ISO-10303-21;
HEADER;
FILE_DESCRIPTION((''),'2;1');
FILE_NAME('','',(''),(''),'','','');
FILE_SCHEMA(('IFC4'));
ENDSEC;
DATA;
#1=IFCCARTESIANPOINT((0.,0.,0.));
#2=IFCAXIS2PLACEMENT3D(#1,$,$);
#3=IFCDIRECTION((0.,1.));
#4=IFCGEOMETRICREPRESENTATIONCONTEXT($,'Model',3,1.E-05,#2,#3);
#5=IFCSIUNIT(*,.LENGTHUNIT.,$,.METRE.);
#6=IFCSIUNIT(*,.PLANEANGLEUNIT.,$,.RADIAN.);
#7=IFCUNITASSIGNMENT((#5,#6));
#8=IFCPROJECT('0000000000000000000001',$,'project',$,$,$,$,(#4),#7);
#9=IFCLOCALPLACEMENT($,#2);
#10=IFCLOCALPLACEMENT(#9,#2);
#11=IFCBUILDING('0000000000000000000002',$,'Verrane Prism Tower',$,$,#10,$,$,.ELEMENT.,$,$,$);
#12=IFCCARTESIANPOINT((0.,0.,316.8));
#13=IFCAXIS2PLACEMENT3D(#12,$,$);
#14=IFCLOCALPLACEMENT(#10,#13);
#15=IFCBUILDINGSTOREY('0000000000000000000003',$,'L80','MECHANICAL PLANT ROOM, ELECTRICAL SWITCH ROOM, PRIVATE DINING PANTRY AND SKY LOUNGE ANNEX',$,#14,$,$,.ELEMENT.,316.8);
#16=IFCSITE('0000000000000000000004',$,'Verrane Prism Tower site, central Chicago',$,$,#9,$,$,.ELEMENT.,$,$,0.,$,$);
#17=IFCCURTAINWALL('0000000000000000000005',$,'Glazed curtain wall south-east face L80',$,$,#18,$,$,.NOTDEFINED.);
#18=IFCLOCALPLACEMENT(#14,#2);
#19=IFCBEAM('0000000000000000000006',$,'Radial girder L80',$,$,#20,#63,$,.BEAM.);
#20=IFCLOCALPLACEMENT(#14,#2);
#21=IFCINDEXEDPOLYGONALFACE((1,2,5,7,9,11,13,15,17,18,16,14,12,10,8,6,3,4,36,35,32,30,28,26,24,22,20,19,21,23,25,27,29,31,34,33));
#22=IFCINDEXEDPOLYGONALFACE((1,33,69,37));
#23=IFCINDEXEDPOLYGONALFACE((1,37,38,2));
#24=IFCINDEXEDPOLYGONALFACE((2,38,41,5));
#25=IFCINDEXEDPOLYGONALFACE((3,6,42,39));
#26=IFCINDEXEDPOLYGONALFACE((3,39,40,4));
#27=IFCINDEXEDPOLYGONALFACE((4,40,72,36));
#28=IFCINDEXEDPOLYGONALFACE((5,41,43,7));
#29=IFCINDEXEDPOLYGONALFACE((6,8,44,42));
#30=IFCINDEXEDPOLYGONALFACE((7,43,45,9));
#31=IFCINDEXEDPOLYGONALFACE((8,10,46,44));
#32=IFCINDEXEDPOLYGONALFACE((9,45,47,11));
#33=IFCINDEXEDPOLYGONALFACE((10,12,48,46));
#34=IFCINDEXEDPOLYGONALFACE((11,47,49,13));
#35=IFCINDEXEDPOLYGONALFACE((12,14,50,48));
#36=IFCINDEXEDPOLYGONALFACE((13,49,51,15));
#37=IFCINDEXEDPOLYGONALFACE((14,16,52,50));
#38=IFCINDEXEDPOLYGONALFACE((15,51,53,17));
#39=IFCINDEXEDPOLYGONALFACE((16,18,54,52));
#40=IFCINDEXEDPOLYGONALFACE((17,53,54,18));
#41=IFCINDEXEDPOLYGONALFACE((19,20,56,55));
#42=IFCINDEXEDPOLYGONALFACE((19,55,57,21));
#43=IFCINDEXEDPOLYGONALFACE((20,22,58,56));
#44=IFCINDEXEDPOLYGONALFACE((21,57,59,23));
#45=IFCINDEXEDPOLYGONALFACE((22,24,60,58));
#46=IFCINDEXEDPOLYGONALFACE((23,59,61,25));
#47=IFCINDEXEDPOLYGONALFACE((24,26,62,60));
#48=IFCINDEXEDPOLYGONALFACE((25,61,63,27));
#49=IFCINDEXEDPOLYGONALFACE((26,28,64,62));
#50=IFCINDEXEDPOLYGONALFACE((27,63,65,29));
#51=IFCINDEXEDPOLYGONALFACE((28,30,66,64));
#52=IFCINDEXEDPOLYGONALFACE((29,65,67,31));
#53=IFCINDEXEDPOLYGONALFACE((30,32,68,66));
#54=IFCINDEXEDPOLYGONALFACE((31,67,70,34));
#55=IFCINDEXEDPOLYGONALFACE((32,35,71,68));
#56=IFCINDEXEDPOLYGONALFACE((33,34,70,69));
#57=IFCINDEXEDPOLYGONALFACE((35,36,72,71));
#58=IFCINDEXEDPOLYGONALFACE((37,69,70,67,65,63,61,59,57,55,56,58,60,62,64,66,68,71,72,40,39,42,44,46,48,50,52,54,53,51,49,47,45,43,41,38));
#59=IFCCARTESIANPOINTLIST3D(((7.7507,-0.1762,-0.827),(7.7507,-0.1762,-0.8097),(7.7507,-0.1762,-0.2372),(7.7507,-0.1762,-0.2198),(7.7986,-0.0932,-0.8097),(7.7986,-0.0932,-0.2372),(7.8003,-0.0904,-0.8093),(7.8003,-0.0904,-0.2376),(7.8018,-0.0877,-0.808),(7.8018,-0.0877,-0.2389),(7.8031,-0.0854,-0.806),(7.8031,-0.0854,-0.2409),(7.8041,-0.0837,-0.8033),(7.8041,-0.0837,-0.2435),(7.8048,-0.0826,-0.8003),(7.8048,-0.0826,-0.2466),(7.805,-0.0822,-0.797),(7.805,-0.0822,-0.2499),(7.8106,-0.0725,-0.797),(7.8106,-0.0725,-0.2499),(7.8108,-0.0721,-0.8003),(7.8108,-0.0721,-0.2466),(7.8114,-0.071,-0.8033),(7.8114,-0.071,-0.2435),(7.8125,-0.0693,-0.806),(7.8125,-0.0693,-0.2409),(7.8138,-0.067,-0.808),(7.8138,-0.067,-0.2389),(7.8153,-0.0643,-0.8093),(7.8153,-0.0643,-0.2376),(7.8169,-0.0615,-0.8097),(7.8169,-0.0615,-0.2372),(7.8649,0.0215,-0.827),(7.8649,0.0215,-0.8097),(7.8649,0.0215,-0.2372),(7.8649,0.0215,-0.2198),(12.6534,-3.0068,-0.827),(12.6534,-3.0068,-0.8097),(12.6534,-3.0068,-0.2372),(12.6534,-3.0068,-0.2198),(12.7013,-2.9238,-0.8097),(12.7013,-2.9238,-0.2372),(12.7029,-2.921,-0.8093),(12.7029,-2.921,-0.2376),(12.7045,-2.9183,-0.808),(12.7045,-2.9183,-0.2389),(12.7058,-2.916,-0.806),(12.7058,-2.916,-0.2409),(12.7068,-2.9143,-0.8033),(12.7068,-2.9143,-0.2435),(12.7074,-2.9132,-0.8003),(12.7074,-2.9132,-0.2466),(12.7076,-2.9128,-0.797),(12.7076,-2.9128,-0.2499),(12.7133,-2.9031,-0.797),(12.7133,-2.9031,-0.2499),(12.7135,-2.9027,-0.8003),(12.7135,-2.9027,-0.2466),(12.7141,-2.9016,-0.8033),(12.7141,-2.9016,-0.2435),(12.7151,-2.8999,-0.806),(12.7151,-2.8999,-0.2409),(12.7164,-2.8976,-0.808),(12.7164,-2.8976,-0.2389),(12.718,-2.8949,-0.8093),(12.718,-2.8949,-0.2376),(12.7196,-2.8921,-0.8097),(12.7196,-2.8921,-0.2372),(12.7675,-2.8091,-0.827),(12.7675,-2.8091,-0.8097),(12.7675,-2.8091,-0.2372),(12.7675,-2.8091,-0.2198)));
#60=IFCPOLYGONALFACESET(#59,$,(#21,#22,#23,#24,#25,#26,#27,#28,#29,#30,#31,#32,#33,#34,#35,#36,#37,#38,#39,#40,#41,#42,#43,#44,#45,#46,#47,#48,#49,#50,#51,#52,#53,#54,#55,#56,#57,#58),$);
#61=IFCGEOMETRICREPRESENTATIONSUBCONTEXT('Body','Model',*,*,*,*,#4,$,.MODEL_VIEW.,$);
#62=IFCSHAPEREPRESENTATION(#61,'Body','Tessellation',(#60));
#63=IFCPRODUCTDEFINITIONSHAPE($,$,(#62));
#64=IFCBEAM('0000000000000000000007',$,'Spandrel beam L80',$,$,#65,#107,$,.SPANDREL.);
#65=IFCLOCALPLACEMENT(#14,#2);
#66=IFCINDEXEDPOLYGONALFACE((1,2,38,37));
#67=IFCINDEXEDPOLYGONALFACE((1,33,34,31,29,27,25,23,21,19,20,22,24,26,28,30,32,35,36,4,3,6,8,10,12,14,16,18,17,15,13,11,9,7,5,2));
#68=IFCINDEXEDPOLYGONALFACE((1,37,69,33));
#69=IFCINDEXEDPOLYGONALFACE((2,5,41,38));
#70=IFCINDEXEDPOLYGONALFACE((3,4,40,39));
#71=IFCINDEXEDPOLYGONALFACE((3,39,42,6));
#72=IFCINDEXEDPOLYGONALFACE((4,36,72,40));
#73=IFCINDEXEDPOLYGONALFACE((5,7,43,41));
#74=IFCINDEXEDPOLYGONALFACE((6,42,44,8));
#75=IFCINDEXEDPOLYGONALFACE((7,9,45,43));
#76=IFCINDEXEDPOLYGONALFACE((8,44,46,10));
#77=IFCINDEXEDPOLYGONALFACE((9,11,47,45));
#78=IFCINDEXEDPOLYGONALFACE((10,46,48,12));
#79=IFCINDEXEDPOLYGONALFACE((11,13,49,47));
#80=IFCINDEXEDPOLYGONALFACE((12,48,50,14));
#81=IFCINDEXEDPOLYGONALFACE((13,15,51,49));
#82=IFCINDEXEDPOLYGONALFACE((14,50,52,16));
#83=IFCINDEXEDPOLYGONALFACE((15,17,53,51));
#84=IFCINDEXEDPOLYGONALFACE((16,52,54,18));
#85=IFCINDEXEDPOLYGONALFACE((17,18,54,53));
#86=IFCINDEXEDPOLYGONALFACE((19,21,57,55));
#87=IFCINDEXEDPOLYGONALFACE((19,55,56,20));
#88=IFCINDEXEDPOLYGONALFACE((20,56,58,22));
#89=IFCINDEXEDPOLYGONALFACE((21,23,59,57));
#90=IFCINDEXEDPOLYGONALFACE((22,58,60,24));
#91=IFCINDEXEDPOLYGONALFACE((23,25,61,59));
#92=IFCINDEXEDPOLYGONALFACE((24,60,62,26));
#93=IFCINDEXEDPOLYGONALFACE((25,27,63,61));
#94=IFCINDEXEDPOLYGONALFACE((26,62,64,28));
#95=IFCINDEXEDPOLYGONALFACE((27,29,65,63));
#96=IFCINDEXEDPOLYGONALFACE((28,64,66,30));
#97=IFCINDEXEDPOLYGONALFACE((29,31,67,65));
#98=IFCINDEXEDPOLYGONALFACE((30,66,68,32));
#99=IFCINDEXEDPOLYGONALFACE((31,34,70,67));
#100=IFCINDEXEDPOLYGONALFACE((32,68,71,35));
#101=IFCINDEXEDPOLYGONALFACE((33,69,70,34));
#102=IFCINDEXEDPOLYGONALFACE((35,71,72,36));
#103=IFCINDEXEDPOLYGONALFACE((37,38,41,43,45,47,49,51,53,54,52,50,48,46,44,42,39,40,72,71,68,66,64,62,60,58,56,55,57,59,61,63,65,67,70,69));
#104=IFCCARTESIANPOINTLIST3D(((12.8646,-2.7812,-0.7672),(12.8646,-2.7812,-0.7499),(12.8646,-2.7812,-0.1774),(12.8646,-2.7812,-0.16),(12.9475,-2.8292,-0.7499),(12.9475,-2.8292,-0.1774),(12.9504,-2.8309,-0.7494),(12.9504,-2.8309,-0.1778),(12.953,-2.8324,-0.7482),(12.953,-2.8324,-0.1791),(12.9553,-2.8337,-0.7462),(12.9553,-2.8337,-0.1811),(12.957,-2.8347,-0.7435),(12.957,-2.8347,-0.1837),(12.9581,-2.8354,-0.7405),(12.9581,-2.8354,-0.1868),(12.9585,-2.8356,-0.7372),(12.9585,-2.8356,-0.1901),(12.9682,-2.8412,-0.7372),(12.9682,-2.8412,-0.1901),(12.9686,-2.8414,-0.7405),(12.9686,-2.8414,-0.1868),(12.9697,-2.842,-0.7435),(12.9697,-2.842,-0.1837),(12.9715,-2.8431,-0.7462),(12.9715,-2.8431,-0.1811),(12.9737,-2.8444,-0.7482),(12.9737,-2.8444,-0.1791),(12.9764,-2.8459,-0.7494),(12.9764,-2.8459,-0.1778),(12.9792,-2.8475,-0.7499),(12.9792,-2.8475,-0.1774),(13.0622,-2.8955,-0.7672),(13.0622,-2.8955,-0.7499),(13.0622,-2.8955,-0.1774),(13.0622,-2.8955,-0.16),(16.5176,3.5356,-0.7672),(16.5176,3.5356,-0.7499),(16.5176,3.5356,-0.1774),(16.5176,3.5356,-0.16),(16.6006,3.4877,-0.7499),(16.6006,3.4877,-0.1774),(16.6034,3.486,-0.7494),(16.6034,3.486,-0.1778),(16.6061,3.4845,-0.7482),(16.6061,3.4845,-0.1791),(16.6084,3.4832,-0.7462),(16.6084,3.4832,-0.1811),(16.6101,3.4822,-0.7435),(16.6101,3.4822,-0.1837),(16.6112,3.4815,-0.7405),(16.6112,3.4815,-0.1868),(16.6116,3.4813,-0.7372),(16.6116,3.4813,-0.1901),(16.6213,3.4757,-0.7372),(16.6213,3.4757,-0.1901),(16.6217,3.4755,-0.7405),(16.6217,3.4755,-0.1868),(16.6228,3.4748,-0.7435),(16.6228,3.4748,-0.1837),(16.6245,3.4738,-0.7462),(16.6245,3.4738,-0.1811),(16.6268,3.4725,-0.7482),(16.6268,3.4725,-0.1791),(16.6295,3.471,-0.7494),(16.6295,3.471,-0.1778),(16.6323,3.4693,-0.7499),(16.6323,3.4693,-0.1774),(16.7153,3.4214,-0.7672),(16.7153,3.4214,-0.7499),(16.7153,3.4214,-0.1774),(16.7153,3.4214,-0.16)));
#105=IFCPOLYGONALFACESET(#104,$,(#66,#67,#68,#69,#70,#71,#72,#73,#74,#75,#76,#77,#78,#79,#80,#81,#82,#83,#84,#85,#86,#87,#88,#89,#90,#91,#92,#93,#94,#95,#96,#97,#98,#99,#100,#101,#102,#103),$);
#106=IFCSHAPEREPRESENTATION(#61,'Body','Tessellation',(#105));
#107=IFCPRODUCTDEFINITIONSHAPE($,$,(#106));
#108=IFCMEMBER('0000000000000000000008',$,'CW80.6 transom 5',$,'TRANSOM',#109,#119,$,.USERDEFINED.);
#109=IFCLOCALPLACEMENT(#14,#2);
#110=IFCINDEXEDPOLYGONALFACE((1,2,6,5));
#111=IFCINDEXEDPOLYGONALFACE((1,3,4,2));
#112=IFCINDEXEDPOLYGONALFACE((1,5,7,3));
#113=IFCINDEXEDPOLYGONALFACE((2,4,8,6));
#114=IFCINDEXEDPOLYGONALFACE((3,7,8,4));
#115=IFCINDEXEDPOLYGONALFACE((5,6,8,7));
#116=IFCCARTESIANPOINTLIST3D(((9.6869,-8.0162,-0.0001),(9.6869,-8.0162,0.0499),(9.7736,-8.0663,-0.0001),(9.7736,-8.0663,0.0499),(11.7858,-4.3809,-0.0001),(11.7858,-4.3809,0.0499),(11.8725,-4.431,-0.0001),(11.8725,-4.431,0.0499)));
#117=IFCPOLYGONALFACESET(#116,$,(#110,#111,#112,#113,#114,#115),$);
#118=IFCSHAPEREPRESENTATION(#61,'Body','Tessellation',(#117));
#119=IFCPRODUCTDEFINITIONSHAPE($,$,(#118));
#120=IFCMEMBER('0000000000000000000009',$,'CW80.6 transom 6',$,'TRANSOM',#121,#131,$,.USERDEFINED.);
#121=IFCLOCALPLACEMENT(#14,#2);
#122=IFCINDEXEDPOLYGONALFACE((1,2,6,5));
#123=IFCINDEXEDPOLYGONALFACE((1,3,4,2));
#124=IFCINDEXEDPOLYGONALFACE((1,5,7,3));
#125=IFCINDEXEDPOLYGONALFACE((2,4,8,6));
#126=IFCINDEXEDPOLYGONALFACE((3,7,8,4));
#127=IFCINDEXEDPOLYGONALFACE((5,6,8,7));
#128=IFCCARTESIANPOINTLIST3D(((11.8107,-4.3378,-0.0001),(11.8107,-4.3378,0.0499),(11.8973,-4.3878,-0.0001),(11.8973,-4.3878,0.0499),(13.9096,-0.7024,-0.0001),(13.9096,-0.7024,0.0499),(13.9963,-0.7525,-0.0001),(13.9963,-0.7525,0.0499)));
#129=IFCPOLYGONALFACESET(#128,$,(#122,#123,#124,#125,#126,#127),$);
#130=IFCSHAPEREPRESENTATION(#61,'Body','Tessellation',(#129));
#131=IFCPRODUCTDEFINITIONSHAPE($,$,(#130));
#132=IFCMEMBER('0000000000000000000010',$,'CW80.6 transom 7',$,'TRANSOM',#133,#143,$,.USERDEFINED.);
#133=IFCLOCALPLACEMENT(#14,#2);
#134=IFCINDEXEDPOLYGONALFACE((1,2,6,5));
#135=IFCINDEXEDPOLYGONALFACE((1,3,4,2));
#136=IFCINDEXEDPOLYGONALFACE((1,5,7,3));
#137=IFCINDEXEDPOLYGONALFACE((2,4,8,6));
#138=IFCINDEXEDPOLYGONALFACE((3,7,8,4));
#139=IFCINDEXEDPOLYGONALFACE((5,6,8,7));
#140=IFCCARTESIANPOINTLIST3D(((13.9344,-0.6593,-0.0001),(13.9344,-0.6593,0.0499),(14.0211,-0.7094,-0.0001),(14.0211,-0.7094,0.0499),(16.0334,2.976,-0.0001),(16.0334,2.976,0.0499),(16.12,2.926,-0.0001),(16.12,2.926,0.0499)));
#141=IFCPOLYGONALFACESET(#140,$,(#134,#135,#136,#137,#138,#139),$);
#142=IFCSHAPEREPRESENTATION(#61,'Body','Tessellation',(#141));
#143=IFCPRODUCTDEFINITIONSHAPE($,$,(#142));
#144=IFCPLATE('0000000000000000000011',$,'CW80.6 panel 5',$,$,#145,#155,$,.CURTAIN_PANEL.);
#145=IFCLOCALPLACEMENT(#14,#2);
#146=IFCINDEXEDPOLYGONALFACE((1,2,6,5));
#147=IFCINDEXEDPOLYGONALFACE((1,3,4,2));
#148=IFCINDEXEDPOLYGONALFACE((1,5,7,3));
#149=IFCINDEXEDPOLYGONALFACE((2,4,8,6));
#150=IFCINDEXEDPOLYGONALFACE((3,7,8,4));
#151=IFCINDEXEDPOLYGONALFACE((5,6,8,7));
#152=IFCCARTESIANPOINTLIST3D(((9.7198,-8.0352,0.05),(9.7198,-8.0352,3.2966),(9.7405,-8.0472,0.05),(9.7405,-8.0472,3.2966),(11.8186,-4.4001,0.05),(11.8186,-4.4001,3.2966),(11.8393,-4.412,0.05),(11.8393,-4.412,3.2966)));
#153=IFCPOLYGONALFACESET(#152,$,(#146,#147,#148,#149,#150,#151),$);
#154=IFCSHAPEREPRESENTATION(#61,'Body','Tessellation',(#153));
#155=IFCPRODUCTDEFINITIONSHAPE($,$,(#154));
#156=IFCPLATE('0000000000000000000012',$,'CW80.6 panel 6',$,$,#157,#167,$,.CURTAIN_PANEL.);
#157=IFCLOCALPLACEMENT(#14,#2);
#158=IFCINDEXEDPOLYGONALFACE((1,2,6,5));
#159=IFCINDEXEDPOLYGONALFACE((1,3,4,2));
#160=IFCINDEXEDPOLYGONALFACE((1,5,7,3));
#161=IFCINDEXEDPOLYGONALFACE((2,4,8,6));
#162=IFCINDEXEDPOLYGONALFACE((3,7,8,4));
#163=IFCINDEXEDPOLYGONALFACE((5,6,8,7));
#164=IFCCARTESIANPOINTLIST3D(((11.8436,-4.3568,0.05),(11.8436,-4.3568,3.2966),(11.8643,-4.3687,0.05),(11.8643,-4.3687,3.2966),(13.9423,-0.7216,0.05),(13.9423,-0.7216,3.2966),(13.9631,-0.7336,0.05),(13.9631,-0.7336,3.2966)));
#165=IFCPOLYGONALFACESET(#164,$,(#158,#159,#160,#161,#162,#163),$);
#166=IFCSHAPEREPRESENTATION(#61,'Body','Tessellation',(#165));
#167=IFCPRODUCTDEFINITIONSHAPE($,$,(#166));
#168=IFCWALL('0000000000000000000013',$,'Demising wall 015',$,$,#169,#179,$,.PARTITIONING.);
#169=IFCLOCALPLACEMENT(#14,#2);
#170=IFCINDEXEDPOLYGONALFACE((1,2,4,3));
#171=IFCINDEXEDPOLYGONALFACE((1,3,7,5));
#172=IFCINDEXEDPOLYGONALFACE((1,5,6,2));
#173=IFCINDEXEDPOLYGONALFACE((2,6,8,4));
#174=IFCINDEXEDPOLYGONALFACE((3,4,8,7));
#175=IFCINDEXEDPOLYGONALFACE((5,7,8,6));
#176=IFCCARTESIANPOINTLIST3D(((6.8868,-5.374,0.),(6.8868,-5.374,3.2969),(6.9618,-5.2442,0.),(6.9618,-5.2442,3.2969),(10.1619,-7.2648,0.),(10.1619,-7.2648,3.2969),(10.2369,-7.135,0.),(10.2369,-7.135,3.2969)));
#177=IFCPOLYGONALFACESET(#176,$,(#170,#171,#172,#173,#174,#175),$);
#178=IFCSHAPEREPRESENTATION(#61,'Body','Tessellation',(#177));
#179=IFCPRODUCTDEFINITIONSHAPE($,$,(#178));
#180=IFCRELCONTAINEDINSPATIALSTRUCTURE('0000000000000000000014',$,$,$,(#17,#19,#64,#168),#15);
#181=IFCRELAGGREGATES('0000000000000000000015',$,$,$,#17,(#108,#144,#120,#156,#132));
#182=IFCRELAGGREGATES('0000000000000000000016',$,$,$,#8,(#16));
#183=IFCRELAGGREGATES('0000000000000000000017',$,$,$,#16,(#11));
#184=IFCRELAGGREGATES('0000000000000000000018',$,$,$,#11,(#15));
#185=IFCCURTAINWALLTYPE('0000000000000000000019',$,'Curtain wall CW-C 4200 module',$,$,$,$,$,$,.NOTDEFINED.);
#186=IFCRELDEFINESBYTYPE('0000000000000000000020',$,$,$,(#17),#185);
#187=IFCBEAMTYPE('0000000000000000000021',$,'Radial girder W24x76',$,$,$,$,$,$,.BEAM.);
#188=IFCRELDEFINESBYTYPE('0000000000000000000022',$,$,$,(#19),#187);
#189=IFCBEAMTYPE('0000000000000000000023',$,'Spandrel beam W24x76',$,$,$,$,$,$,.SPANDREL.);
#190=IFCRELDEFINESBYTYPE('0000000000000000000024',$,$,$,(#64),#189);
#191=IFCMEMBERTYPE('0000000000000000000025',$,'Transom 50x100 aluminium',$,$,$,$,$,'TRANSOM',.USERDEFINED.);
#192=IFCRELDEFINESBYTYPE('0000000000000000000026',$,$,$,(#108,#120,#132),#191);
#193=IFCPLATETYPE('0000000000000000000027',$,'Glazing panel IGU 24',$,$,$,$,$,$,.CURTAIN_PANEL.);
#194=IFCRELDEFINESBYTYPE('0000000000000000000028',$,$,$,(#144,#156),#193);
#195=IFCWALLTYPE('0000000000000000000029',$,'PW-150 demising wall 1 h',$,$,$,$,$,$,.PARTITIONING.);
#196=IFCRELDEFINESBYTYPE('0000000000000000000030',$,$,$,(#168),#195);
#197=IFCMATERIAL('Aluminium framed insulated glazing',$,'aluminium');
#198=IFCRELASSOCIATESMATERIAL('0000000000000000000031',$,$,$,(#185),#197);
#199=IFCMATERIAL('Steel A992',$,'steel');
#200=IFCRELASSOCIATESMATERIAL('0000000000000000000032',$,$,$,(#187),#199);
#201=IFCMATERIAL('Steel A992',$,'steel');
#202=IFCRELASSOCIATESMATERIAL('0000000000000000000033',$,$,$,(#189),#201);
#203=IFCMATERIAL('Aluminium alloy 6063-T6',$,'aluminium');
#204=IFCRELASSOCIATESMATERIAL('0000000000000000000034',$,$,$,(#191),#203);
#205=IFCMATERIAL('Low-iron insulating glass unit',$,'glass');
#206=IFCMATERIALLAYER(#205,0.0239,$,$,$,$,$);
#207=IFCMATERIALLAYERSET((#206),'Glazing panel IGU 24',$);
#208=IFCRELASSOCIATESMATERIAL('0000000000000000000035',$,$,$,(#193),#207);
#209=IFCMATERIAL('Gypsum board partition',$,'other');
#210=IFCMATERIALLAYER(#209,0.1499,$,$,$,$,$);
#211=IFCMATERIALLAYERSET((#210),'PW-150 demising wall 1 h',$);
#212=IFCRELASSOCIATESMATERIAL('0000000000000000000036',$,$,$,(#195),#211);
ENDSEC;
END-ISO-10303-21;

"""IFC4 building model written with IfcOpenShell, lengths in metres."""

from ifc_helpers import new_model, si_unit, direction, frame, frame_2d, origin, origin_2d, place, context, subcontext, project, spatial, rectangle, i_section, extrude, material, layer, layer_set, material_profile, profile_set, type_object, element, aggregate, save


model = new_model("IFC4")

# Units and contexts
model_context = context("Model", 3, precision=1e-05, world=origin(), true_north=direction((0.0, 1.0)))
body_context = subcontext(model_context, "Body", "Model", "MODEL_VIEW")
ifc_project = project(units=[si_unit("LENGTHUNIT", "METRE"), si_unit("PLANEANGLEUNIT", "RADIAN")], contexts=[model_context])

# Site, building, storey
site_placement = place(None, origin())
site = spatial("IfcSite", under=ifc_project, at=site_placement, Name="Verrane Prism Tower site, central Chicago", CompositionType="ELEMENT", RefElevation=0.0)
building_placement = place(site_placement, origin())
building = spatial("IfcBuilding", under=site, at=building_placement, Name="Verrane Prism Tower", CompositionType="ELEMENT")
storey_placement = place(building_placement, frame((0.0, 0.0, 316.8)))
storey = spatial("IfcBuildingStorey", under=building, at=storey_placement, Name="L80", Description="MECHANICAL PLANT ROOM, ELECTRICAL SWITCH ROOM, PRIVATE DINING PANTRY AND SKY LOUNGE ANNEX", CompositionType="ELEMENT", Elevation=316.8)

# Curtain wall
ifc_material_1 = material(Name="Aluminium framed insulated glazing", Category="aluminium")
curtain_wall_type = type_object("IfcCurtainWallType", Name="Curtain wall CW-C 4200 module", PredefinedType="NOTDEFINED", material=ifc_material_1)
curtain_wall_placement = place(storey_placement, origin())
curtain_wall = element("IfcCurtainWall", 1, at=curtain_wall_placement, inside=storey, type_object=curtain_wall_type, Name="Glazed curtain wall south-east face L80", PredefinedType="NOTDEFINED")

# Beams
ifc_material_2 = material(Name="Steel A992", Category="steel")
ifc_material_profile_1 = material_profile(ifc_material_2, i_section(OverallWidth=0.2283, OverallDepth=0.6072, WebThickness=0.0112, FlangeThickness=0.0173, FilletRadius=0.0127, at=origin_2d()), Name="W24x76")
ifc_profile_set_1 = profile_set([ifc_material_profile_1], Name="Steel A992")
beam_type_1 = type_object("IfcBeamType", Name="Radial girder W24x76", PredefinedType="BEAM", material=ifc_profile_set_1)
beam_1_placement = place(storey_placement, frame((12.7104, -2.908, -0.5234), z_axis=(-0.866021, 0.500007, 0.0), x_axis=(-0.500007, -0.866021, 0.0)))
element("IfcBeam", 2, at=beam_1_placement, inside=storey, type_object=beam_type_1, Name="Radial girder L80", PredefinedType="BEAM", context=body_context, shape_type="SweptSolid", body=[
    extrude(i_section(OverallWidth=0.2283, OverallDepth=0.6072, WebThickness=0.0112, FlangeThickness=0.0173, FilletRadius=0.0127, at=origin_2d()), origin(), (0.0, 0.0, 1.0), 5.6611),
])
ifc_material_3 = material(Name="Steel A992", Category="steel")
ifc_material_profile_2 = material_profile(ifc_material_3, i_section(OverallWidth=0.2283, OverallDepth=0.6072, WebThickness=0.0112, FlangeThickness=0.0173, FilletRadius=0.0127, at=origin_2d()), Name="W24x76")
ifc_profile_set_2 = profile_set([ifc_material_profile_2], Name="Steel A992")
beam_type_2 = type_object("IfcBeamType", Name="Spandrel beam W24x76", PredefinedType="SPANDREL", material=ifc_profile_set_2)
beam_2_placement = place(storey_placement, frame((12.9634, -2.8384, -0.4636), z_axis=(0.500618, 0.865668, 0.0), x_axis=(-0.865668, 0.500618, 0.0)))
element("IfcBeam", 3, at=beam_2_placement, inside=storey, type_object=beam_type_2, Name="Spandrel beam L80", PredefinedType="SPANDREL", context=body_context, shape_type="SweptSolid", body=[
    extrude(i_section(OverallWidth=0.2283, OverallDepth=0.6072, WebThickness=0.0112, FlangeThickness=0.0173, FilletRadius=0.0127, at=origin_2d()), origin(), (0.0, 0.0, 1.0), 7.2971),
])

# Members
ifc_material_4 = material(Name="Aluminium alloy 6063-T6", Category="aluminium")
ifc_material_profile_3 = material_profile(ifc_material_4, rectangle(XDim=0.1001, YDim=0.05, at=origin_2d()), Name="Transom 50x100 aluminium")
ifc_profile_set_3 = profile_set([ifc_material_profile_3], Name="Aluminium alloy 6063-T6")
member_type_1 = type_object("IfcMemberType", Name="Transom 50x100 aluminium", ElementType="TRANSOM", PredefinedType="USERDEFINED", material=ifc_profile_set_3)
member_1_placement = place(storey_placement, frame((9.7302, -8.0413, 0.0249), z_axis=(0.500011, 0.866019, 0.0), x_axis=(-0.866019, 0.500011, 0.0)))
member_1 = element("IfcMember", 4, at=member_1_placement, type_object=member_type_1, Name="CW80.6 transom 5", ObjectType="TRANSOM", PredefinedType="USERDEFINED", context=body_context, shape_type="SweptSolid", body=[
    extrude(rectangle(XDim=0.1001, YDim=0.05, at=origin_2d()), origin(), (0.0, 0.0, 1.0), 4.1978),
])
member_2_placement = place(storey_placement, frame((11.854, -4.3628, 0.0249), z_axis=(0.500011, 0.866019, 0.0), x_axis=(-0.866019, 0.500011, 0.0)))
member_2 = element("IfcMember", 5, at=member_2_placement, type_object=member_type_1, Name="CW80.6 transom 6", ObjectType="TRANSOM", PredefinedType="USERDEFINED", context=body_context, shape_type="SweptSolid", body=[
    extrude(rectangle(XDim=0.1001, YDim=0.05, at=origin_2d()), origin(), (0.0, 0.0, 1.0), 4.1978),
])
member_3_placement = place(storey_placement, frame((13.9778, -0.6843, 0.0249), z_axis=(0.500011, 0.866019, 0.0), x_axis=(-0.866019, 0.500011, 0.0)))
member_3 = element("IfcMember", 6, at=member_3_placement, type_object=member_type_1, Name="CW80.6 transom 7", ObjectType="TRANSOM", PredefinedType="USERDEFINED", context=body_context, shape_type="SweptSolid", body=[
    extrude(rectangle(XDim=0.1001, YDim=0.05, at=origin_2d()), origin(), (0.0, 0.0, 1.0), 4.1978),
])

# Plates
ifc_material_5 = material(Name="Low-iron insulating glass unit", Category="glass")
ifc_layer_1 = layer(ifc_material_5, 0.0239)
ifc_layer_set_1 = layer_set([ifc_layer_1], Name="Glazing panel IGU 24")
plate_type = type_object("IfcPlateType", Name="Glazing panel IGU 24", PredefinedType="CURTAIN_PANEL", material=ifc_layer_set_1)
plate_1_placement = place(storey_placement, frame((10.7795, -6.2236, 0.05), z_axis=(0.0, 0.0, 1.0), x_axis=(0.5, 0.866025, 0.0)))
plate_1 = element("IfcPlate", 7, at=plate_1_placement, type_object=plate_type, Name="CW80.6 panel 5", PredefinedType="CURTAIN_PANEL", context=body_context, shape_type="SweptSolid", body=[
    extrude(rectangle(XDim=4.1975, YDim=0.0239, at=origin_2d()), origin(), (0.0, 0.0, 1.0), 3.2466),
])
plate_2_placement = place(storey_placement, frame((12.9033, -2.5452, 0.05), z_axis=(0.0, 0.0, 1.0), x_axis=(0.5, 0.866025, 0.0)))
plate_2 = element("IfcPlate", 8, at=plate_2_placement, type_object=plate_type, Name="CW80.6 panel 6", PredefinedType="CURTAIN_PANEL", context=body_context, shape_type="SweptSolid", body=[
    extrude(rectangle(XDim=4.1975, YDim=0.0239, at=origin_2d()), origin(), (0.0, 0.0, 1.0), 3.2466),
])
aggregate(curtain_wall, [member_1, plate_1, member_2, plate_2, member_3])

# Wall
ifc_material_6 = material(Name="Gypsum board partition", Category="other")
ifc_layer_2 = layer(ifc_material_6, 0.1499)
ifc_layer_set_2 = layer_set([ifc_layer_2], Name="PW-150 demising wall 1 h")
wall_type_1 = type_object("IfcWallType", Name="PW-150 demising wall 1 h", PredefinedType="PARTITIONING", material=ifc_layer_set_2)
wall_1_placement = place(storey_placement, frame((6.9243, -5.3091, 0.0), z_axis=(0.0, 0.0, 1.0), x_axis=(0.86603, -0.499993, 0.0)))
element("IfcWall", 9, at=wall_1_placement, inside=storey, type_object=wall_type_1, Name="Demising wall 015", PredefinedType="PARTITIONING", context=body_context, shape_type="SweptSolid", body=[
    extrude(rectangle(XDim=3.7817, YDim=0.1499, at=frame_2d((1.8909, 0.0))), origin(), (0.0, 0.0, 1.0), 3.2969),
])

save(model, "model.ifc")
